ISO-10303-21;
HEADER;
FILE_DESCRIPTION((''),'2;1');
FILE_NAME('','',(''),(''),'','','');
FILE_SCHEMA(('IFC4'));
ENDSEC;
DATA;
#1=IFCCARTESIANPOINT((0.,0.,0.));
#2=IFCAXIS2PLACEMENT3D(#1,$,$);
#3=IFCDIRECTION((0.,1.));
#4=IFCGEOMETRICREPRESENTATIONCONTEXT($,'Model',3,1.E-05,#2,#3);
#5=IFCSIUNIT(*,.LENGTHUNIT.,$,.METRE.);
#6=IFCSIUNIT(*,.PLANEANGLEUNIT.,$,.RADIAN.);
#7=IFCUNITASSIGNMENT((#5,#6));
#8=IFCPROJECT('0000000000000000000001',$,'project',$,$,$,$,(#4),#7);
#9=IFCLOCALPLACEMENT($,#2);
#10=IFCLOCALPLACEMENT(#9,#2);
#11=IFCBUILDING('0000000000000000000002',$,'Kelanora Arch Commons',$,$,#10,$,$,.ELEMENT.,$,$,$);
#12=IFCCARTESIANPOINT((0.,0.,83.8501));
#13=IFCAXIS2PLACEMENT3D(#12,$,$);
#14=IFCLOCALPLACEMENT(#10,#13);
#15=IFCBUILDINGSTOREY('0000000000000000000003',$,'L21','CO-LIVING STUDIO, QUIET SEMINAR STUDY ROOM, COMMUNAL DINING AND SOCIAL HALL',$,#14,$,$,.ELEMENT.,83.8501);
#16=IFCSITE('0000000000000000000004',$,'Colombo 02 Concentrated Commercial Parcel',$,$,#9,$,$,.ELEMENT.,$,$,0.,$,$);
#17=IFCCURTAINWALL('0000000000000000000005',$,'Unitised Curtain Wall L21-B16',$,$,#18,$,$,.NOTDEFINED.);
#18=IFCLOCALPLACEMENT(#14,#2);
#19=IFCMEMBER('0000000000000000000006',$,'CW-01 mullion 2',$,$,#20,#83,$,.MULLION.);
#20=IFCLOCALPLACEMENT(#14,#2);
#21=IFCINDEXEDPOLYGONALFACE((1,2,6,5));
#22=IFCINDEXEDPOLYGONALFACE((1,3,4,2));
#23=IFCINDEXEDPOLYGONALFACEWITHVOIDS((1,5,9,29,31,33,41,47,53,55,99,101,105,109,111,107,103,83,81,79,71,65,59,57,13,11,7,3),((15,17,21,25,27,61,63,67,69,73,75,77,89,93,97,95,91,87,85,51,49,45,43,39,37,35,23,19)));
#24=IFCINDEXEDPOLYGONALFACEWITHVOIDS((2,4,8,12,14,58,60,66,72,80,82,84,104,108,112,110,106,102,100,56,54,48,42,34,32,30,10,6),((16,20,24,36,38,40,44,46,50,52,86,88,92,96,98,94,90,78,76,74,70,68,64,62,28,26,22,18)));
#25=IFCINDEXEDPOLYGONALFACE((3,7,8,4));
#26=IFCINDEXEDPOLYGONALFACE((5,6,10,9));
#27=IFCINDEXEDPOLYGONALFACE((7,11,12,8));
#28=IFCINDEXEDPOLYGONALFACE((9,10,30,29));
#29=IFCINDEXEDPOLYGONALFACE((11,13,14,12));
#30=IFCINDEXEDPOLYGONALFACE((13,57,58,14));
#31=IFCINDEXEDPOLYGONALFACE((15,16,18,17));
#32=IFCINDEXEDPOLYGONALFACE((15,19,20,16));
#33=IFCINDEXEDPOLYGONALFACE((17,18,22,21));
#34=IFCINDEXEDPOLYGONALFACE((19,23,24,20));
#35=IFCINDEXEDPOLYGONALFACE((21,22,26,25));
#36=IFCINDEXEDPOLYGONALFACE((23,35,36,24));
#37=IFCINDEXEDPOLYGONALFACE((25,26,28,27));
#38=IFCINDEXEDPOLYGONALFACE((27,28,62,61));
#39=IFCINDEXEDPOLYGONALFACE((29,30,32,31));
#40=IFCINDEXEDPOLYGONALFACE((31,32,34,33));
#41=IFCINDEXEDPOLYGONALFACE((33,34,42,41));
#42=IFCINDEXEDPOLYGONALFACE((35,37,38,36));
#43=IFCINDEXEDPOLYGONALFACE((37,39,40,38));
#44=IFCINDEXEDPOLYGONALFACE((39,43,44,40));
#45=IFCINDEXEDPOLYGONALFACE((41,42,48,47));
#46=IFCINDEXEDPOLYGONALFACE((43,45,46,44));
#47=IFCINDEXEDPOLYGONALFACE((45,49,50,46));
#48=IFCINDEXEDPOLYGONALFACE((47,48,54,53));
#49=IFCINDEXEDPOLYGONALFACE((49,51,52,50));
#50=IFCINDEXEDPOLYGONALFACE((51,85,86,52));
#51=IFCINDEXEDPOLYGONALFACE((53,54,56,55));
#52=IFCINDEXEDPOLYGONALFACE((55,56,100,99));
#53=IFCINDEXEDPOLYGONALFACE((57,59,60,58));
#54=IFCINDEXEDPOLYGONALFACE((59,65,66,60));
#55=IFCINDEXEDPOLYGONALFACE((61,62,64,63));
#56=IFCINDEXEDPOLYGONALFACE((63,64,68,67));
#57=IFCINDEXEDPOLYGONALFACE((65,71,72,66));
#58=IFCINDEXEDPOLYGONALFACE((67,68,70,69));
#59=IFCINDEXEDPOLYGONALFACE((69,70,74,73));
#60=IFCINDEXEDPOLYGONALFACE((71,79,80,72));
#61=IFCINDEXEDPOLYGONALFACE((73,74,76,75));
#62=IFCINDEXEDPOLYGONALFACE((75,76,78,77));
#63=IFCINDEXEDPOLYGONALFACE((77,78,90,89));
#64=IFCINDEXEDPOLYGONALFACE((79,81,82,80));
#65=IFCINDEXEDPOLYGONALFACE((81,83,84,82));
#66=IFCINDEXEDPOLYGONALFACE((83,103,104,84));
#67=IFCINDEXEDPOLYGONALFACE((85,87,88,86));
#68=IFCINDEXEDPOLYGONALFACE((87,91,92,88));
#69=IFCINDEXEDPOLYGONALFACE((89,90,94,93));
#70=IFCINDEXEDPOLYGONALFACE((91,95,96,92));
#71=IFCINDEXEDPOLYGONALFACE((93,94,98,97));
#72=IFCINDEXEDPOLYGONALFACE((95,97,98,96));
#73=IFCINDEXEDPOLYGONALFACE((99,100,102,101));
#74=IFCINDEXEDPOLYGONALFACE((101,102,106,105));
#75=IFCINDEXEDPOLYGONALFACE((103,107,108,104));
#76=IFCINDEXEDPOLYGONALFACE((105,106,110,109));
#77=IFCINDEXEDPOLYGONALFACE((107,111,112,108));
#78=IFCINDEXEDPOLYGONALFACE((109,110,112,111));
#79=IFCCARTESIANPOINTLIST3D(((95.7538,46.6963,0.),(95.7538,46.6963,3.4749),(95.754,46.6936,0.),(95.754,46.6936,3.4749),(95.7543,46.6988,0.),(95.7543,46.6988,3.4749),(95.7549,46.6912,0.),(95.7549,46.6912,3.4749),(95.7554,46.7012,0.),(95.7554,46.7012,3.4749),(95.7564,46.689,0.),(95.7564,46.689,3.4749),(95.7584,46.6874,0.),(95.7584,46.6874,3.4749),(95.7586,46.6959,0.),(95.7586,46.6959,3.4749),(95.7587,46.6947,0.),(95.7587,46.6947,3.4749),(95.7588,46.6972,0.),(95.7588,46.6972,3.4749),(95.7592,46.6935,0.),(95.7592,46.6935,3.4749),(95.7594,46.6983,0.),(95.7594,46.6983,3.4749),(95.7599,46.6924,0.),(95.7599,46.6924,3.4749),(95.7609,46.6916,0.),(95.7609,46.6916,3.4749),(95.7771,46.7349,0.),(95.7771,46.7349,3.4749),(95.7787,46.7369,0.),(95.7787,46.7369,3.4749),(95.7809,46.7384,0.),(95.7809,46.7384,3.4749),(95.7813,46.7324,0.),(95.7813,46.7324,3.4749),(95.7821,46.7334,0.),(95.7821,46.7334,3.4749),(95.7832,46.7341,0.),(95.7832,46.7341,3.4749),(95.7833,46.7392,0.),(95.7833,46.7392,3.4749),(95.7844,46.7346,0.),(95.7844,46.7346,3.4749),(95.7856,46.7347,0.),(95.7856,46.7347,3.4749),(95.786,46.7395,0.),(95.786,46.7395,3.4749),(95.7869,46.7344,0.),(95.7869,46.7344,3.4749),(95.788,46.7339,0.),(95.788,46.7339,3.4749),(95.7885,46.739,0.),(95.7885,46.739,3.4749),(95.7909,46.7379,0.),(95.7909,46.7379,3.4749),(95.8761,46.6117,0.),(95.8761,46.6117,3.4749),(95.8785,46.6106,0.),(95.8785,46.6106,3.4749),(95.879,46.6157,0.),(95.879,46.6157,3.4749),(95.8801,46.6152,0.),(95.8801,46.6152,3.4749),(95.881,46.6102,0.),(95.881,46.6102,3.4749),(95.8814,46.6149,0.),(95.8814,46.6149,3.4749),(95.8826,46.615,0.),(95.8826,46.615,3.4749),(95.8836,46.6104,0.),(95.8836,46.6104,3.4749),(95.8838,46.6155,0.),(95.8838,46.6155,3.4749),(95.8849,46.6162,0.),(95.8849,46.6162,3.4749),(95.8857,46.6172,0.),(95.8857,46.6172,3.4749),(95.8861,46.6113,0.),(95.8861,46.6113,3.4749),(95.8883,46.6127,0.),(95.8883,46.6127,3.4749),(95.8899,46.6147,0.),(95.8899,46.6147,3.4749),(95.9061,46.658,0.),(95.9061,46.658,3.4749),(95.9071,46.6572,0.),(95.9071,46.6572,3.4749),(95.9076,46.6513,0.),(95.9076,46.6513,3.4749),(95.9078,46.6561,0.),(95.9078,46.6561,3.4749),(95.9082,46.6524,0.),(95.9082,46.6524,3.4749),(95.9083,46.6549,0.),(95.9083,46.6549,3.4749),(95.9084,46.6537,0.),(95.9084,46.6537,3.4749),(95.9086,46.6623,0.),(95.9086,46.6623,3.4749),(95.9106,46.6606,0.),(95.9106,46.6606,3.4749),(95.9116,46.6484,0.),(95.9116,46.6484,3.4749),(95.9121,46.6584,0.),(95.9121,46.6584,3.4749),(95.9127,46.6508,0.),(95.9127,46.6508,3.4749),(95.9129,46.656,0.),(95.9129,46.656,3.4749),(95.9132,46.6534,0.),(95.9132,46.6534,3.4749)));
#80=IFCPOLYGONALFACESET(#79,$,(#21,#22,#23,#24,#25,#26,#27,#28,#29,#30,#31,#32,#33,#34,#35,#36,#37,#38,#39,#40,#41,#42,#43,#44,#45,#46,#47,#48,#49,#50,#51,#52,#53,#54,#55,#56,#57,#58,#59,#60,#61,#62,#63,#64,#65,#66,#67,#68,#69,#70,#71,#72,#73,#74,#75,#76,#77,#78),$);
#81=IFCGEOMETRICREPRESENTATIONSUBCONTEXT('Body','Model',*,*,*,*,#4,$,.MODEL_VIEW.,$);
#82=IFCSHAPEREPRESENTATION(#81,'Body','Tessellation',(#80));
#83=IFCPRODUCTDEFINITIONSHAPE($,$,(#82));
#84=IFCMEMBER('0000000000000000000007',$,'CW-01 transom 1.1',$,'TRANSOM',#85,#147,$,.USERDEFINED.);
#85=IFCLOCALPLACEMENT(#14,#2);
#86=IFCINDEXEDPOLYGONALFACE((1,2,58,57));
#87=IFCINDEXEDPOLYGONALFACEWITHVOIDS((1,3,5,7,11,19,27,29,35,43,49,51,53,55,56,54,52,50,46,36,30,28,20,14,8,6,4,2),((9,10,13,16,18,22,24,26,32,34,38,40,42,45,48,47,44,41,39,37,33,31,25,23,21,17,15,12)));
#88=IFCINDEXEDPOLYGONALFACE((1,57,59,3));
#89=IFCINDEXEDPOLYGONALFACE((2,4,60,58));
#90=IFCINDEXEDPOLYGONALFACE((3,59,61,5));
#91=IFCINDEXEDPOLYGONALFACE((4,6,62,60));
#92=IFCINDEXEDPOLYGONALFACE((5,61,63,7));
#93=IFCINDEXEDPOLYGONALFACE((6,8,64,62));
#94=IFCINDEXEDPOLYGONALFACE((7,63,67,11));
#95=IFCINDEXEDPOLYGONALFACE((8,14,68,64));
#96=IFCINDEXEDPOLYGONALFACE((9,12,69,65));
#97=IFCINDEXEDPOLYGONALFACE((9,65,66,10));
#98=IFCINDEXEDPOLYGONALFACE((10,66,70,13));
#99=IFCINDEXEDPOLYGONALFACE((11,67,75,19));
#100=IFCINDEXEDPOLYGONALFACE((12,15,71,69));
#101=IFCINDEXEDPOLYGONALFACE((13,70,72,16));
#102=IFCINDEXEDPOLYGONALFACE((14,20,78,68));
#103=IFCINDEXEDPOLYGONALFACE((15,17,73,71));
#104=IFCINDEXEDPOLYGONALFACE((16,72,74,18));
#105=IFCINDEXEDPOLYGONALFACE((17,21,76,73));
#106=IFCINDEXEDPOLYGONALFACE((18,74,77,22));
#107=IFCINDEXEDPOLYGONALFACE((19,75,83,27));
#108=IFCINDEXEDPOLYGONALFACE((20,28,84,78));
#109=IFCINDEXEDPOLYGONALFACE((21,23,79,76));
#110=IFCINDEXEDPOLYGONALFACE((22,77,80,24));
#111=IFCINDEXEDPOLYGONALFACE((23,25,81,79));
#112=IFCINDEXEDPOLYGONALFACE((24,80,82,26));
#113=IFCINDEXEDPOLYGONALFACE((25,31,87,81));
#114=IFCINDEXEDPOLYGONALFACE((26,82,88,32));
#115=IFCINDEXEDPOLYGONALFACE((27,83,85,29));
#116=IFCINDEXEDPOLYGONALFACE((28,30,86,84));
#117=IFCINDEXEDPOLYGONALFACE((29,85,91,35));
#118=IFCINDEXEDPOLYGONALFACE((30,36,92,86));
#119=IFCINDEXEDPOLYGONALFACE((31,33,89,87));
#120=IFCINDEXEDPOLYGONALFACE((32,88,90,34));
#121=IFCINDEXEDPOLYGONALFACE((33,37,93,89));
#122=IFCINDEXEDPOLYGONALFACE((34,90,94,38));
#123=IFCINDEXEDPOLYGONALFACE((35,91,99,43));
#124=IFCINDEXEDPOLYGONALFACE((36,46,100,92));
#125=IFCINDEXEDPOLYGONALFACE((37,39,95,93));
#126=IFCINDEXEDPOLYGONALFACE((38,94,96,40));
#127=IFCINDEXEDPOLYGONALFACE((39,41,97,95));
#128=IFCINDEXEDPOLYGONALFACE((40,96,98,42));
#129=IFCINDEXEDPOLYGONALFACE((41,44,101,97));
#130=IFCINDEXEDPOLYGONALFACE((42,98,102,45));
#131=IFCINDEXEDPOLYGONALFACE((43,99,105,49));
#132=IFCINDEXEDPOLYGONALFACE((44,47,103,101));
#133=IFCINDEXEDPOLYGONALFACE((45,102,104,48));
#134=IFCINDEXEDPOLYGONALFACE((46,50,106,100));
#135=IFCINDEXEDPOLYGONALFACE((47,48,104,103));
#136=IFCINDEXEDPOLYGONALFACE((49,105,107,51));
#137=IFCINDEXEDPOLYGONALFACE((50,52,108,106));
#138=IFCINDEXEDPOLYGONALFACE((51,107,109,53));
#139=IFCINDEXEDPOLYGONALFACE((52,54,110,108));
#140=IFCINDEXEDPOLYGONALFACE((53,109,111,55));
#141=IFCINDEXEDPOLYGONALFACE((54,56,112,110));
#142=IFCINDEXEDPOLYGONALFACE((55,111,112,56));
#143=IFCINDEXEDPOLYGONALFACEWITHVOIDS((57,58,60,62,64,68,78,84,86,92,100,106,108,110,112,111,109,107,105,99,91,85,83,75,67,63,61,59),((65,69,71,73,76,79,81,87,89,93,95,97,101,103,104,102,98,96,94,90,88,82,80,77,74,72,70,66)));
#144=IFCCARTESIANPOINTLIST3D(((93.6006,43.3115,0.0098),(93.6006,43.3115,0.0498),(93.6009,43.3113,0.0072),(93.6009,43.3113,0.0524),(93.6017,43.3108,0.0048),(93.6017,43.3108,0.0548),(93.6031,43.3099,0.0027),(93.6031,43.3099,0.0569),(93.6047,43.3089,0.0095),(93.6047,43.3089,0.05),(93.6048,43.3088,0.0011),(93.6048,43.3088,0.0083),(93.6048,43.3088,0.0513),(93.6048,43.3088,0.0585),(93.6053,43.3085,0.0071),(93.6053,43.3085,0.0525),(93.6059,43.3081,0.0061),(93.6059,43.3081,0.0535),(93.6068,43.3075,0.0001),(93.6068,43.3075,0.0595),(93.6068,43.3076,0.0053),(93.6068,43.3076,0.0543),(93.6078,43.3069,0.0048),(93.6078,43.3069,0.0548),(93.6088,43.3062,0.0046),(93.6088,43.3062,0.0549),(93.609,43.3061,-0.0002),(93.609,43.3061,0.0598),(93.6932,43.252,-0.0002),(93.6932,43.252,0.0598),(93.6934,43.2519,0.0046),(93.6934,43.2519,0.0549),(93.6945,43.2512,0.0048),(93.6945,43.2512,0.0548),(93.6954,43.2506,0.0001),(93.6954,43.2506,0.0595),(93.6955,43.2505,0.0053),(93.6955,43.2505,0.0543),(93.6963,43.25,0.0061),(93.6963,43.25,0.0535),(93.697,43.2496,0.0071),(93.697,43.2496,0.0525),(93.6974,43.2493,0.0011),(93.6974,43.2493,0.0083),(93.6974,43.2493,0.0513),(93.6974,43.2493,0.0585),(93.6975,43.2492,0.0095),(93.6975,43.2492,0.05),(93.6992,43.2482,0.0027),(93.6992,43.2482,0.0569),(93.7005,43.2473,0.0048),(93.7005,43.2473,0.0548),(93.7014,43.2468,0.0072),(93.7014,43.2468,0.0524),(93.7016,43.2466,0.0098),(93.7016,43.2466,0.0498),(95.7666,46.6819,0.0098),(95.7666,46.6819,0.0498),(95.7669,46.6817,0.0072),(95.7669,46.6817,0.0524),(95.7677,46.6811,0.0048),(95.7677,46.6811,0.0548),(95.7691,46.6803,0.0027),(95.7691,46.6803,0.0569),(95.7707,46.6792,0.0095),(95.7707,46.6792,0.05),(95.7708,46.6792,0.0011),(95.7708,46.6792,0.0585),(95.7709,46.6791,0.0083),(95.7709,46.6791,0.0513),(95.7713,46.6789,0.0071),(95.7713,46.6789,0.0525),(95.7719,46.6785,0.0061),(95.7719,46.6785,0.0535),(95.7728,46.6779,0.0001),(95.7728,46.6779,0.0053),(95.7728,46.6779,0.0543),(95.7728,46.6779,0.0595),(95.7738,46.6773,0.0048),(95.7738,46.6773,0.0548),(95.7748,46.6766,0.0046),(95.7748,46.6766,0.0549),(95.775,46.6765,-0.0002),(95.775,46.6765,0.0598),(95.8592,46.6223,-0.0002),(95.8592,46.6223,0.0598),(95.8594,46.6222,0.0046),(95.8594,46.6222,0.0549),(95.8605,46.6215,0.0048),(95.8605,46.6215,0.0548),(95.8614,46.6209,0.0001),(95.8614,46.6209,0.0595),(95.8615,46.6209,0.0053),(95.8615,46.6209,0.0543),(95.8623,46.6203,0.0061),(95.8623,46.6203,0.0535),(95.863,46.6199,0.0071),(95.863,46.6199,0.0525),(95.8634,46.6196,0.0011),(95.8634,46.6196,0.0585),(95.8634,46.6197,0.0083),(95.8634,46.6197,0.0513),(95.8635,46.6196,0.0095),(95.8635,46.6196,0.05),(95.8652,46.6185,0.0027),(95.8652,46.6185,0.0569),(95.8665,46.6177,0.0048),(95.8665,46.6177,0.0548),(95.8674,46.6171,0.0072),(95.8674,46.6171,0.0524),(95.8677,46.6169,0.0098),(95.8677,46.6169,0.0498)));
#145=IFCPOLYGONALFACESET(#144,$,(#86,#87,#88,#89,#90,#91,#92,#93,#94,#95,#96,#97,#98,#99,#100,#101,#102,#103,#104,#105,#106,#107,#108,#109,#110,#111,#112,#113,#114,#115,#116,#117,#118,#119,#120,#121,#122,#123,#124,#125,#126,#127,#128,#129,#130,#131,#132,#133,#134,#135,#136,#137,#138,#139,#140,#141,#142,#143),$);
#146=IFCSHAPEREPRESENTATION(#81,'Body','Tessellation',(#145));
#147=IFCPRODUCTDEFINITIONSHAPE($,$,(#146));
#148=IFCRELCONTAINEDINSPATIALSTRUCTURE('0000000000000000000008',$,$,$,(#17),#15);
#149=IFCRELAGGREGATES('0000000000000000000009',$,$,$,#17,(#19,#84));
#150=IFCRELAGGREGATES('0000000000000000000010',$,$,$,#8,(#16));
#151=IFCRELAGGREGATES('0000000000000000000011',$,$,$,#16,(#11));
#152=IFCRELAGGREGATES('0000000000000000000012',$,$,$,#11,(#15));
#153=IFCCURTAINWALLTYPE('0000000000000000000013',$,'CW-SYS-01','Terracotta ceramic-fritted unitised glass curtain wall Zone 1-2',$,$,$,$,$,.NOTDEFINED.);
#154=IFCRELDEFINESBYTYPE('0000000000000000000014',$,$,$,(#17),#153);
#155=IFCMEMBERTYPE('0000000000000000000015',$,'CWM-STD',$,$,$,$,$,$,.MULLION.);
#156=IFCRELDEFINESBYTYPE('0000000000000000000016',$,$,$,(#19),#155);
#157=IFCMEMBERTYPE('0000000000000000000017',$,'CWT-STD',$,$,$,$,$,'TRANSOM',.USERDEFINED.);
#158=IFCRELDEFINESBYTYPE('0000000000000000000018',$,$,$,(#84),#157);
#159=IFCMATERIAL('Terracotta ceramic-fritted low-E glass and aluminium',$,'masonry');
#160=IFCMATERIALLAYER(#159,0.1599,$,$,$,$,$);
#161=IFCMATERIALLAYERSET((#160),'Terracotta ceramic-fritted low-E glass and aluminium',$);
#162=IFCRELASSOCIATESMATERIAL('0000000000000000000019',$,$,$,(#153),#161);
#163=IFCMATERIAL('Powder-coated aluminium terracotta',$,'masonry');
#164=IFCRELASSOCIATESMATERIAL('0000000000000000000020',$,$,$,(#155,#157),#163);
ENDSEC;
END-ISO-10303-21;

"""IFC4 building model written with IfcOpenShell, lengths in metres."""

from ifc_helpers import new_model, si_unit, direction, frame, origin, origin_2d, place, context, subcontext, project, spatial, hollow_rectangle, extrude, material, layer, layer_set, material_profile, profile_set, type_object, element, aggregate, save


model = new_model("IFC4")

# Units and contexts
model_context = context("Model", 3, precision=1e-05, world=origin(), true_north=direction((0.0, 1.0)))
body_context = subcontext(model_context, "Body", "Model", "MODEL_VIEW")
ifc_project = project(units=[si_unit("LENGTHUNIT", "METRE"), si_unit("PLANEANGLEUNIT", "RADIAN")], contexts=[model_context])

# Site, building, storey
site_placement = place(None, origin())
site = spatial("IfcSite", under=ifc_project, at=site_placement, Name="Colombo 02 Concentrated Commercial Parcel", CompositionType="ELEMENT", RefElevation=0.0)
building_placement = place(site_placement, origin())
building = spatial("IfcBuilding", under=site, at=building_placement, Name="Kelanora Arch Commons", CompositionType="ELEMENT")
storey_placement = place(building_placement, frame((0.0, 0.0, 83.8501)))
storey = spatial("IfcBuildingStorey", under=building, at=storey_placement, Name="L21", Description="CO-LIVING STUDIO, QUIET SEMINAR STUDY ROOM, COMMUNAL DINING AND SOCIAL HALL", CompositionType="ELEMENT", Elevation=83.8501)

# Shared definitions
ifc_material_1 = material(Name="Terracotta ceramic-fritted low-E glass and aluminium", Category="masonry")
ifc_layer_1 = layer(ifc_material_1, 0.1599)
ifc_layer_set_1 = layer_set([ifc_layer_1], Name="Terracotta ceramic-fritted low-E glass and aluminium")
curtain_wall_type = type_object("IfcCurtainWallType", Name="CW-SYS-01", Description="Terracotta ceramic-fritted unitised glass curtain wall Zone 1-2", PredefinedType="NOTDEFINED", material=ifc_layer_set_1)
ifc_material_2 = material(Name="Powder-coated aluminium terracotta", Category="masonry")
ifc_material_profile_1 = material_profile(ifc_material_2, hollow_rectangle(XDim=0.1599, YDim=0.0601, WallThickness=0.0049, InnerFilletRadius=0.0049, OuterFilletRadius=0.01, at=origin_2d()), Name="CWM160x60")
ifc_profile_set_1 = profile_set([ifc_material_profile_1], Name="Powder-coated aluminium terracotta")
member_type_1 = type_object("IfcMemberType", Name="CWM-STD", PredefinedType="MULLION", material=ifc_profile_set_1)

# Curtain wall, members
curtain_wall_1_placement = place(storey_placement, origin())
curtain_wall_1 = element("IfcCurtainWall", 1, at=curtain_wall_1_placement, inside=storey, type_object=curtain_wall_type, Name="Unitised Curtain Wall L21-B16", PredefinedType="NOTDEFINED")
member_1_placement = place(storey_placement, frame((95.8335, 46.6748, 0.0), z_axis=(0.0, 0.0, 1.0), x_axis=(-0.841269, 0.540617, 0.0)))
member_1 = element("IfcMember", 2, at=member_1_placement, type_object=member_type_1, Name="CW-01 mullion 2", PredefinedType="MULLION", context=body_context, shape_type="SweptSolid", body=[
    extrude(hollow_rectangle(XDim=0.1599, YDim=0.0601, WallThickness=0.0049, InnerFilletRadius=0.0049, OuterFilletRadius=0.01, at=origin_2d()), origin(), (0.0, 0.0, 1.0), 3.4749),
])
ifc_material_profile_2 = material_profile(ifc_material_2, hollow_rectangle(XDim=0.1201, YDim=0.0601, WallThickness=0.0049, InnerFilletRadius=0.0049, OuterFilletRadius=0.01, at=origin_2d()), Name="CWT120x60")
ifc_profile_set_2 = profile_set([ifc_material_profile_2], Name="Powder-coated aluminium terracotta")
member_type_2 = type_object("IfcMemberType", Name="CWT-STD", ElementType="TRANSOM", PredefinedType="USERDEFINED", material=ifc_profile_set_2)
member_2_placement = place(storey_placement, frame((93.6511, 43.2791, 0.0298), z_axis=(0.540644, 0.841252, 0.0), x_axis=(-0.841252, 0.540644, 0.0)))
member_2 = element("IfcMember", 3, at=member_2_placement, type_object=member_type_2, Name="CW-01 transom 1.1", ObjectType="TRANSOM", PredefinedType="USERDEFINED", context=body_context, shape_type="SweptSolid", body=[
    extrude(hollow_rectangle(XDim=0.1201, YDim=0.0601, WallThickness=0.0049, InnerFilletRadius=0.0049, OuterFilletRadius=0.01, at=origin_2d()), origin(), (0.0, 0.0, 1.0), 4.0063),
])
aggregate(curtain_wall_1, [member_1, member_2])

save(model, "model.ifc")
